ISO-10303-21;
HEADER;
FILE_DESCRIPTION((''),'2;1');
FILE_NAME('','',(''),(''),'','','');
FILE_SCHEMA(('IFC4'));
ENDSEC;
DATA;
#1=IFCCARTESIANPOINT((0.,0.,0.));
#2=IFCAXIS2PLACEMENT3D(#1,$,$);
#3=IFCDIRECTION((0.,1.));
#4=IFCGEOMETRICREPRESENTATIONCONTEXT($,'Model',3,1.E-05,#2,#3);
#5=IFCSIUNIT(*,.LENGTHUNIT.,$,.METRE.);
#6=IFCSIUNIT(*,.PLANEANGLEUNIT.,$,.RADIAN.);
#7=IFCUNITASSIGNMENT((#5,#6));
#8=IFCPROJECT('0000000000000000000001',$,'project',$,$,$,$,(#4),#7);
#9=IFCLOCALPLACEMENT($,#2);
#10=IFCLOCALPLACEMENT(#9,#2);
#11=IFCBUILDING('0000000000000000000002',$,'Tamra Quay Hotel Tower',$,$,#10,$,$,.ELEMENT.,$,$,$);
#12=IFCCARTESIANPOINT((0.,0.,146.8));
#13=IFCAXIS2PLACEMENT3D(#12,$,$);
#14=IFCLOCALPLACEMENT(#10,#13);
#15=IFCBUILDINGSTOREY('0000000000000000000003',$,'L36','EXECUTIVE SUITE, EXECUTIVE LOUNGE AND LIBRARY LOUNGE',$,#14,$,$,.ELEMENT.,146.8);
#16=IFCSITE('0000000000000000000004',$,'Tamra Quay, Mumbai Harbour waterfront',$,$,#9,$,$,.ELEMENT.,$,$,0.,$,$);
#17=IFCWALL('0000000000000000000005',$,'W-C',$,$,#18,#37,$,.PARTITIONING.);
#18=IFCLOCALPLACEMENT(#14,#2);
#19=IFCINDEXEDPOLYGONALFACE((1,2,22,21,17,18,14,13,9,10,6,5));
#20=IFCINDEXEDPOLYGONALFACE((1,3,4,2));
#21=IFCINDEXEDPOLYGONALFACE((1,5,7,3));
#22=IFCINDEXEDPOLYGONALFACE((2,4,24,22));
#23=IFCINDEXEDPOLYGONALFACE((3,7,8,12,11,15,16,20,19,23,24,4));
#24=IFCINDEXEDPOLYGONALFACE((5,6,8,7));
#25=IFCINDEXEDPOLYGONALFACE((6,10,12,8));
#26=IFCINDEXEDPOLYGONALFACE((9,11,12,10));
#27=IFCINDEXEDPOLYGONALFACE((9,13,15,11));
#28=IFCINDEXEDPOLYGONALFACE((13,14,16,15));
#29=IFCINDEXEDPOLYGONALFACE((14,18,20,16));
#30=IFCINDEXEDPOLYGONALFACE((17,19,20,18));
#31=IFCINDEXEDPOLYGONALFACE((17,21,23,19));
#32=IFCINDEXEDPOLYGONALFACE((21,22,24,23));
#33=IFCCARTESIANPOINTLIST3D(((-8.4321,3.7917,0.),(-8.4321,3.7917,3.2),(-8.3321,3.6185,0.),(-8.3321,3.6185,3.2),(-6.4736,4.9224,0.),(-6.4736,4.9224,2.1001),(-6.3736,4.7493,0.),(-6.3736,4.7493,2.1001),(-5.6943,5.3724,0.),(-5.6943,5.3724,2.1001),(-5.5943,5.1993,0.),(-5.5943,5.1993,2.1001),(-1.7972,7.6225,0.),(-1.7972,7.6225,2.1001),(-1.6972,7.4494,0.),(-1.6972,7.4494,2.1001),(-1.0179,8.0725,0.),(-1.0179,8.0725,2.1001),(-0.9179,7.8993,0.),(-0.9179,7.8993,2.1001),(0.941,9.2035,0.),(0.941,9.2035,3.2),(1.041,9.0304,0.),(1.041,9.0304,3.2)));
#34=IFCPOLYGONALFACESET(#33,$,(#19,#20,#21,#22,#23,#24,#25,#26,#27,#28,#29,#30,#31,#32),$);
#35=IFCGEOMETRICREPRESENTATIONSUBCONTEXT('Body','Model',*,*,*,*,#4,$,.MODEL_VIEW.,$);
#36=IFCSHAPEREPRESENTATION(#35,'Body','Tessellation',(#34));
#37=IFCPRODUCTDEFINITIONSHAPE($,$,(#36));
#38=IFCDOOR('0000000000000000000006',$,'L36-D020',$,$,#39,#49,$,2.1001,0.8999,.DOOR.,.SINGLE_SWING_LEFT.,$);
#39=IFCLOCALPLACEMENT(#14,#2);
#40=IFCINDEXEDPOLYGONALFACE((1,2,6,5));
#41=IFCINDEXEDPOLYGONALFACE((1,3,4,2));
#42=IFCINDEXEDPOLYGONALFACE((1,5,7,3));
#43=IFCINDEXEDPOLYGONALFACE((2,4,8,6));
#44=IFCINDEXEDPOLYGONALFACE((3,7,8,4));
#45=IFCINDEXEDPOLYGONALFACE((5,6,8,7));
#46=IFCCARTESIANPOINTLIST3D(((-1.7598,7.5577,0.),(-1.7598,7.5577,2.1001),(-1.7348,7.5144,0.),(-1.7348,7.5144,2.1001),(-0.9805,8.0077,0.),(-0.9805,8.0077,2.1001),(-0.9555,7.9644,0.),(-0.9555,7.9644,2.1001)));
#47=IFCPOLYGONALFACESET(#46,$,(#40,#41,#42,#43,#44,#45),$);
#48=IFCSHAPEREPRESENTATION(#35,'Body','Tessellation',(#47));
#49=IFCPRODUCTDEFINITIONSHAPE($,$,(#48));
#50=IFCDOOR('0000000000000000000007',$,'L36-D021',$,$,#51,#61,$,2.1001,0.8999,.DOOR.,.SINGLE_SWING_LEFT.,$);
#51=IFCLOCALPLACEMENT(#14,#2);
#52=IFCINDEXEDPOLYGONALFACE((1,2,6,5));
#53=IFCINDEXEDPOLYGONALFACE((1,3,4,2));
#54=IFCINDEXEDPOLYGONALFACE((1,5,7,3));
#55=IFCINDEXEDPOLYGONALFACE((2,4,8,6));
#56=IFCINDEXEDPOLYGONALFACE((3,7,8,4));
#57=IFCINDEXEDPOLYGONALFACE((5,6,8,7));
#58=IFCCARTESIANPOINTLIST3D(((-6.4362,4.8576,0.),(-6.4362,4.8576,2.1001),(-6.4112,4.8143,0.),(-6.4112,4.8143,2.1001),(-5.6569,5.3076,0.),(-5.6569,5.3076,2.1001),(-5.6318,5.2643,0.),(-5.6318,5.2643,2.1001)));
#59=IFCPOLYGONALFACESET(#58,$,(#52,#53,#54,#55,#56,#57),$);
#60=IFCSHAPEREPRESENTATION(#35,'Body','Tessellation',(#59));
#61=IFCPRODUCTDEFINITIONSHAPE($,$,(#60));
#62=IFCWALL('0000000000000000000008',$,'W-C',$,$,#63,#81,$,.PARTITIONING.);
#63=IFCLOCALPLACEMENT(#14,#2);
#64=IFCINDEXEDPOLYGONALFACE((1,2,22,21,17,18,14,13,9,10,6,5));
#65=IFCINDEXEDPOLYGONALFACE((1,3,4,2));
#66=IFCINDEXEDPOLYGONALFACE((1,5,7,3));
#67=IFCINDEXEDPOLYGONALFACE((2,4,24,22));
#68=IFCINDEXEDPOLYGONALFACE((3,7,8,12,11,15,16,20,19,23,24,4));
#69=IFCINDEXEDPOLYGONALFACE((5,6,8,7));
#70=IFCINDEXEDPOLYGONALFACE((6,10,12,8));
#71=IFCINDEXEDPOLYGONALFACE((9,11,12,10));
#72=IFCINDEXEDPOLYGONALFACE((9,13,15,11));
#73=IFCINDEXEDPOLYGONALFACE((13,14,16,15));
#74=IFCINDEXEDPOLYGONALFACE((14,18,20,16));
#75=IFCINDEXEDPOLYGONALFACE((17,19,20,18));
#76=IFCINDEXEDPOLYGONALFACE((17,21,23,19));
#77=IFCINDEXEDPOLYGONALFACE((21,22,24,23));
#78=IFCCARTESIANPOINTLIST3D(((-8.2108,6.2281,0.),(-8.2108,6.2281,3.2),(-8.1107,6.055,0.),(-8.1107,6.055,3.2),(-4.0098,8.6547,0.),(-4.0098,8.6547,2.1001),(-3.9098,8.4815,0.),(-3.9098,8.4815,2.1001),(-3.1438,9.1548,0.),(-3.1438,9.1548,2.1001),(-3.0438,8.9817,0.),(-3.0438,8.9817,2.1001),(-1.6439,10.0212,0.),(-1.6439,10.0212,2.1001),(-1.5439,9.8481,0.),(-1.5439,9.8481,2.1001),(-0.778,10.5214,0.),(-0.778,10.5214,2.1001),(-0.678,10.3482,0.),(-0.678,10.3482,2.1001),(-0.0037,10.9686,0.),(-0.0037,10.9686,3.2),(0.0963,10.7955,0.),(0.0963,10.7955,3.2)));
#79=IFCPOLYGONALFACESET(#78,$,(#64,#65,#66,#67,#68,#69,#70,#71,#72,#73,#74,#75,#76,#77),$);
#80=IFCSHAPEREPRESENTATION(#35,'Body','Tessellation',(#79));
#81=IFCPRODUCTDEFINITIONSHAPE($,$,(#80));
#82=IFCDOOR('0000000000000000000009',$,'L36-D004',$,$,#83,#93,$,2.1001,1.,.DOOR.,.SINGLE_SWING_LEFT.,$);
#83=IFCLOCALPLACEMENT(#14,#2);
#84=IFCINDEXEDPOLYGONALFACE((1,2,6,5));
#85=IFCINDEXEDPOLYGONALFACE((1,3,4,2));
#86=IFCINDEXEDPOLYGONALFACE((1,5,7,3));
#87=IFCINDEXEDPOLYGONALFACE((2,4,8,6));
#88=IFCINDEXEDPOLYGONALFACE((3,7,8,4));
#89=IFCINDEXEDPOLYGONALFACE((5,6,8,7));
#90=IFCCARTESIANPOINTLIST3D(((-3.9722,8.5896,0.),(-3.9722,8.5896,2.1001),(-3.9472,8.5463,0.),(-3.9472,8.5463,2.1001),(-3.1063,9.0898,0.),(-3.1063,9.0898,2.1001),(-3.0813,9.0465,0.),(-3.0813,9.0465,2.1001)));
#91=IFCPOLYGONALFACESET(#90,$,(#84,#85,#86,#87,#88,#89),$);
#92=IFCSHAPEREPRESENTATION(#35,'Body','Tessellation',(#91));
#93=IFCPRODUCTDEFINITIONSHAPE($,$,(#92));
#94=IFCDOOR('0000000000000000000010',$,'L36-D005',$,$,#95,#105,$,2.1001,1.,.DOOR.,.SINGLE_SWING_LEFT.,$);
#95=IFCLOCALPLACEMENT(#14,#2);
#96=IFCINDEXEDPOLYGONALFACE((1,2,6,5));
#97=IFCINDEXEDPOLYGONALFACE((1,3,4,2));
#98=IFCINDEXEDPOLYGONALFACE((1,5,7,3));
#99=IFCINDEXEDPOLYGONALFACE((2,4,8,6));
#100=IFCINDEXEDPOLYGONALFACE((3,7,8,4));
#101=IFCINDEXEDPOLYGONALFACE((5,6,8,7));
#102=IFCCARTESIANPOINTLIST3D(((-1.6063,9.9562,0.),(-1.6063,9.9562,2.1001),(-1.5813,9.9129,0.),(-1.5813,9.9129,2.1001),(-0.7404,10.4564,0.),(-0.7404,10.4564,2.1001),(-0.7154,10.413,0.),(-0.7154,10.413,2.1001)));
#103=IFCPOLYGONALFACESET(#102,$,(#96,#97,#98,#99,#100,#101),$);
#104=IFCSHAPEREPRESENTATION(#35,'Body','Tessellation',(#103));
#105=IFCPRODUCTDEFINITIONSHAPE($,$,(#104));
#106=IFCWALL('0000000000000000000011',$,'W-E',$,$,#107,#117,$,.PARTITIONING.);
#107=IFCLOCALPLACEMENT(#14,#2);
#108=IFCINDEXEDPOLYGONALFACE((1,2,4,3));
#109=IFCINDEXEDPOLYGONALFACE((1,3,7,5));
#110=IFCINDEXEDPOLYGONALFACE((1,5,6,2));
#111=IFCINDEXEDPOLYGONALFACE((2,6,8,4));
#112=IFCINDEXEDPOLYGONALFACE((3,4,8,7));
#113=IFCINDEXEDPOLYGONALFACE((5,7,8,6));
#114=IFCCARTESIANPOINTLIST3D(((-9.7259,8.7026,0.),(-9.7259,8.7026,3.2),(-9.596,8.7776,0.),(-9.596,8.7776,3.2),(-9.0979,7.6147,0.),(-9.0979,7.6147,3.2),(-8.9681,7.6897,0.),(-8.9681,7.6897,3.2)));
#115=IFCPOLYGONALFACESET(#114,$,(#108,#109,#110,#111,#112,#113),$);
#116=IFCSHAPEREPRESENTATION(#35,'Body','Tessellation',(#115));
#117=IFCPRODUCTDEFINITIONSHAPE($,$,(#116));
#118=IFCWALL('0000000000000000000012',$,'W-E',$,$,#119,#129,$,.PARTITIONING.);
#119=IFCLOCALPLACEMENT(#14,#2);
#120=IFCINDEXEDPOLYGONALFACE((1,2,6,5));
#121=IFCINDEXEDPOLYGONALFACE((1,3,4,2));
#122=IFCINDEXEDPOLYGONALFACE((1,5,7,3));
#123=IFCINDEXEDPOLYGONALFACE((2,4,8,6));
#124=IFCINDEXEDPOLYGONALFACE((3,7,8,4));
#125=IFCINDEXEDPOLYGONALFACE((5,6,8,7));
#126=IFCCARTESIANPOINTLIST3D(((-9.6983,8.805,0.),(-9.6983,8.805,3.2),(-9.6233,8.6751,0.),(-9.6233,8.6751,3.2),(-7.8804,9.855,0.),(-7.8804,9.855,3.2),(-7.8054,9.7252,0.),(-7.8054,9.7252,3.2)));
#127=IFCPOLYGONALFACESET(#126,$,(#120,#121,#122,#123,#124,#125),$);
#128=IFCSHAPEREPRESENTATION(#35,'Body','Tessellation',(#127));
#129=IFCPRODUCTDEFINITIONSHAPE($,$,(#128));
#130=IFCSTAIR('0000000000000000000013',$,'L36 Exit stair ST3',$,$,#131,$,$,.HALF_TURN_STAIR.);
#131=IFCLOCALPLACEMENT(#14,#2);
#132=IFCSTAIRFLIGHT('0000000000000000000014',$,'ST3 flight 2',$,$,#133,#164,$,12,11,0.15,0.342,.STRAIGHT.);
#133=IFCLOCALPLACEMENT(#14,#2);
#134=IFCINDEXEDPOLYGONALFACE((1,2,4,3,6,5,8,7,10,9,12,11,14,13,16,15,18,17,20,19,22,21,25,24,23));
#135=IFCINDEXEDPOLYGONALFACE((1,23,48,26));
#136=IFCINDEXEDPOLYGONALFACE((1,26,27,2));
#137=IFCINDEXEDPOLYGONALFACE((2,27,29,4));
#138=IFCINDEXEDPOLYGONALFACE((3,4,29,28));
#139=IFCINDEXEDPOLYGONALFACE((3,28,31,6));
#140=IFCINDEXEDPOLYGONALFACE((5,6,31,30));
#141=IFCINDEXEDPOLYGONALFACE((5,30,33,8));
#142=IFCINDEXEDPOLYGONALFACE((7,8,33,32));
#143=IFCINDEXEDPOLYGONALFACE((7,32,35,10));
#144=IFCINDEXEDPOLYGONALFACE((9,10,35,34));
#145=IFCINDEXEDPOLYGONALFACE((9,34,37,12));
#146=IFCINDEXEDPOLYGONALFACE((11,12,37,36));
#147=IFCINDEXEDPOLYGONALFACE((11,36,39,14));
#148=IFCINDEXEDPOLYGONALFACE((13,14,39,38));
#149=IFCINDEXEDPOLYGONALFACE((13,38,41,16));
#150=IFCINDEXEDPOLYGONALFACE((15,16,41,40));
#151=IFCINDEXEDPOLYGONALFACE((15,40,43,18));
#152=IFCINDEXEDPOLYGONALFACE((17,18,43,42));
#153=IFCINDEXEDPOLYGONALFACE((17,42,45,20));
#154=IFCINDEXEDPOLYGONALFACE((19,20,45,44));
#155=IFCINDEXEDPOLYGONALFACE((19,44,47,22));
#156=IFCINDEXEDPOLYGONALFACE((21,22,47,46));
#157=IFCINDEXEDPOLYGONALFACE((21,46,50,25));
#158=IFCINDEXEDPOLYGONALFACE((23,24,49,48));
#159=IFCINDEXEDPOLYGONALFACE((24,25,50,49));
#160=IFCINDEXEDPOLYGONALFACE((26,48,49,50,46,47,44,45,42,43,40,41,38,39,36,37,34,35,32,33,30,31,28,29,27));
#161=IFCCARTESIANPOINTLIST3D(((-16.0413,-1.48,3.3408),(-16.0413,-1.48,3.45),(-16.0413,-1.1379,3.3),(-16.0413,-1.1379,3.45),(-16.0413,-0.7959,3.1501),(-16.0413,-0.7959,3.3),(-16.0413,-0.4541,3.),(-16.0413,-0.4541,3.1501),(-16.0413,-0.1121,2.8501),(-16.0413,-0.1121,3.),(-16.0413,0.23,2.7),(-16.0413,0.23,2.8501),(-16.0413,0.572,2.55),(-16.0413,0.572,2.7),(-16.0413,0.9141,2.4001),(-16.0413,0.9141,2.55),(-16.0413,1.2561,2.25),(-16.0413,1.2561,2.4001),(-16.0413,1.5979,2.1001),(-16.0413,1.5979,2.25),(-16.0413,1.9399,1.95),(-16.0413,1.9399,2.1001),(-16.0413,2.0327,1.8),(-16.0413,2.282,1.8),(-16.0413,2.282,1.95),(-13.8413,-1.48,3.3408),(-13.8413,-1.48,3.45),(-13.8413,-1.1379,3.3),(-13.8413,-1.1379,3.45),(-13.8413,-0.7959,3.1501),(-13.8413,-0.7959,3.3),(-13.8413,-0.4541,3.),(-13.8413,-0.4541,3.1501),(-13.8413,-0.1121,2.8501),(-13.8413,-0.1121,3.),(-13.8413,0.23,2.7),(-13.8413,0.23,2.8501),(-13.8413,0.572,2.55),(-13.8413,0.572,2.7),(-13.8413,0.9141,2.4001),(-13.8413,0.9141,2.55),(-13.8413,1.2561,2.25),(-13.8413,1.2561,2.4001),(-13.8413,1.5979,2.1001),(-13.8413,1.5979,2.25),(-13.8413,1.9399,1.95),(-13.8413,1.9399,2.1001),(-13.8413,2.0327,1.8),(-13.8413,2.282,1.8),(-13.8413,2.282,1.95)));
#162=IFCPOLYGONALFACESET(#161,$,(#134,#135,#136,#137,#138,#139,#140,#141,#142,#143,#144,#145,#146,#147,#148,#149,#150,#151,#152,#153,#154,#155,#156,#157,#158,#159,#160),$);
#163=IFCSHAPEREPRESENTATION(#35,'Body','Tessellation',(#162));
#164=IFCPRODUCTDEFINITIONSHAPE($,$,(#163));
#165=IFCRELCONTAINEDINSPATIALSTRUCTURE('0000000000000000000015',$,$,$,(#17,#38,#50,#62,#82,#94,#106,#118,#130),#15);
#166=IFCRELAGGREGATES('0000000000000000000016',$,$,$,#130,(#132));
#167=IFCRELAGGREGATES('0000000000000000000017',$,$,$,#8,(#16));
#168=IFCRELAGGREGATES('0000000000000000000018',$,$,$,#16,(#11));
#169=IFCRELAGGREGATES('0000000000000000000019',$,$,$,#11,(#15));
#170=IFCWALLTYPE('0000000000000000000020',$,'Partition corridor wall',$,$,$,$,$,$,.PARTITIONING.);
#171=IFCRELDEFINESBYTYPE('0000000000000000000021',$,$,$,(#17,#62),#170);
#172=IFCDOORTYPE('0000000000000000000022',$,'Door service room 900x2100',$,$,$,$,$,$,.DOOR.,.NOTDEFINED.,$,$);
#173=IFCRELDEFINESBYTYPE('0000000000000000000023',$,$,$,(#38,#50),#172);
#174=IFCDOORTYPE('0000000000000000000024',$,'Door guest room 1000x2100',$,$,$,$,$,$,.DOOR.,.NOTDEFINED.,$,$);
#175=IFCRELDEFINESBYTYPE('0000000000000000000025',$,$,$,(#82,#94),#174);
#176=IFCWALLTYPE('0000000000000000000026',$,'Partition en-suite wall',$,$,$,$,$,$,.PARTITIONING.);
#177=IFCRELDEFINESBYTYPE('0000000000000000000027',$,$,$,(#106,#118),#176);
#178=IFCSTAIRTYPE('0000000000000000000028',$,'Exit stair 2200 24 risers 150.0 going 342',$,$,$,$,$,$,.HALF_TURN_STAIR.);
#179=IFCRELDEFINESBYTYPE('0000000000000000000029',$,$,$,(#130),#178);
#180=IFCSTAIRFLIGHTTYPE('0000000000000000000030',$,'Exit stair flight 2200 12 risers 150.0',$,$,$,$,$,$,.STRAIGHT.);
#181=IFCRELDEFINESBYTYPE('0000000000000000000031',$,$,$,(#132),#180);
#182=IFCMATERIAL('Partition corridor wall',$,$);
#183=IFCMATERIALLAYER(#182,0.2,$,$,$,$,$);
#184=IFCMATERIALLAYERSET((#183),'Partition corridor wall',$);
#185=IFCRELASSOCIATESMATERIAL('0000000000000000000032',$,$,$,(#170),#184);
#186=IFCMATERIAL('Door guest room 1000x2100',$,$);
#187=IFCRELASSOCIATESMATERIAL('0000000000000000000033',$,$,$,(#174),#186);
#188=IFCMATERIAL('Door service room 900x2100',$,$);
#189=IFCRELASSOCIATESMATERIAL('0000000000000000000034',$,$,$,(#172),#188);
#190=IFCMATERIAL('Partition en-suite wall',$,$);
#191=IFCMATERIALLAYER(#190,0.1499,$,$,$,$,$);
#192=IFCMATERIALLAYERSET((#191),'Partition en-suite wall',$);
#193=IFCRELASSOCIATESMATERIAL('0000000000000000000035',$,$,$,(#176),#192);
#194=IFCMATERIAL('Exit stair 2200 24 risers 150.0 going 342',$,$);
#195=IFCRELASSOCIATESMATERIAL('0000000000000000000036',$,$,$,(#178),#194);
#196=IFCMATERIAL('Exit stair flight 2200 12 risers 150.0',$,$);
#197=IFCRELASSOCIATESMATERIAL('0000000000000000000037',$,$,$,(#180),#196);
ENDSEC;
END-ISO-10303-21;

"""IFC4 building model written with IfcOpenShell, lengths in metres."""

from ifc_helpers import new_model, si_unit, direction, frame, frame_2d, origin, place, context, subcontext, project, spatial, polyline, rectangle, outline, extrude, material, layer, layer_set, type_object, element, fill, aggregate, save


model = new_model("IFC4")

# Units and contexts
model_context = context("Model", 3, precision=1e-05, world=origin(), true_north=direction((0.0, 1.0)))
body_context = subcontext(model_context, "Body", "Model", "MODEL_VIEW")
ifc_project = project(units=[si_unit("LENGTHUNIT", "METRE"), si_unit("PLANEANGLEUNIT", "RADIAN")], contexts=[model_context])

# Site, building, storey
site_placement = place(None, origin())
site = spatial("IfcSite", under=ifc_project, at=site_placement, Name="Tamra Quay, Mumbai Harbour waterfront", CompositionType="ELEMENT", RefElevation=0.0)
building_placement = place(site_placement, origin())
building = spatial("IfcBuilding", under=site, at=building_placement, Name="Tamra Quay Hotel Tower", CompositionType="ELEMENT")
storey_placement = place(building_placement, frame((0.0, 0.0, 146.8)))
storey = spatial("IfcBuildingStorey", under=building, at=storey_placement, Name="L36", Description="EXECUTIVE SUITE, EXECUTIVE LOUNGE AND LIBRARY LOUNGE", CompositionType="ELEMENT", Elevation=146.8)

# Shared definitions
ifc_material_1 = material(Name="Partition corridor wall")
ifc_layer_1 = layer(ifc_material_1, 0.2)
ifc_layer_set_1 = layer_set([ifc_layer_1], Name="Partition corridor wall")
wall_type_1 = type_object("IfcWallType", Name="Partition corridor wall", PredefinedType="PARTITIONING", material=ifc_layer_set_1)
ifc_material_2 = material(Name="Door guest room 1000x2100")
door_type_1 = type_object("IfcDoorType", Name="Door guest room 1000x2100", OperationType="NOTDEFINED", PredefinedType="DOOR", material=ifc_material_2)

# Walls, openings, doors
wall_1_placement = place(storey_placement, frame((-8.3821, 3.7051, 0.0), z_axis=(0.0, 0.0, 1.0), x_axis=(0.866012, 0.500023, 0.0)))
wall_1 = element("IfcWall", 1, at=wall_1_placement, inside=storey, type_object=wall_type_1, Name="W-C", PredefinedType="PARTITIONING", context=body_context, shape_type="SweptSolid", body=[
    extrude(rectangle(XDim=10.8232, YDim=0.2, at=frame_2d((5.4116, 0.0))), origin(), (0.0, 0.0, 1.0), 3.2),
])
opening_1_placement = place(wall_1_placement, frame((7.6614, 0.0, 0.0)))
opening_1 = element("IfcOpeningElement", 2, at=opening_1_placement, cuts=wall_1, PredefinedType="OPENING", context=body_context, shape_type="SweptSolid", body=[
    extrude(rectangle(XDim=0.8999, YDim=2.1001, at=frame_2d((0.45, 1.05))), frame((0.0, 0.1099, 0.0), z_axis=(0.0, -1.0, 0.0), x_axis=(1.0, 0.0, 0.0)), (0.0, 0.0, 1.0), 0.22),
])
opening_2_placement = place(wall_1_placement, frame((2.2615, 0.0, 0.0)))
opening_2 = element("IfcOpeningElement", 3, at=opening_2_placement, cuts=wall_1, PredefinedType="OPENING", context=body_context, shape_type="SweptSolid", body=[
    extrude(rectangle(XDim=0.8999, YDim=2.1001, at=frame_2d((0.45, 1.05))), frame((0.0, 0.1099, 0.0), z_axis=(0.0, -1.0, 0.0), x_axis=(1.0, 0.0, 0.0)), (0.0, 0.0, 1.0), 0.22),
])
ifc_material_3 = material(Name="Door service room 900x2100")
door_type_2 = type_object("IfcDoorType", Name="Door service room 900x2100", OperationType="NOTDEFINED", PredefinedType="DOOR", material=ifc_material_3)
door_1_placement = place(opening_1_placement, frame((0.8999, 0.0, 0.0), z_axis=(0.0, 0.0, 1.0), x_axis=(-1.0, 0.0, 0.0)))
door_1 = element("IfcDoor", 4, at=door_1_placement, inside=storey, type_object=door_type_2, Name="L36-D020", OperationType="SINGLE_SWING_LEFT", OverallHeight=2.1001, OverallWidth=0.8999, PredefinedType="DOOR", context=body_context, shape_type="SweptSolid", body=[
    extrude(rectangle(XDim=0.8999, YDim=2.1001, at=frame_2d((0.45, 1.05))), frame((0.0, 0.0249, 0.0), z_axis=(0.0, -1.0, 0.0), x_axis=(1.0, 0.0, 0.0)), (0.0, 0.0, 1.0), 0.05),
])
fill(opening_1, door_1)
door_2_placement = place(opening_2_placement, frame((0.8999, 0.0, 0.0), z_axis=(0.0, 0.0, 1.0), x_axis=(-1.0, 0.0, 0.0)))
door_2 = element("IfcDoor", 5, at=door_2_placement, inside=storey, type_object=door_type_2, Name="L36-D021", OperationType="SINGLE_SWING_LEFT", OverallHeight=2.1001, OverallWidth=0.8999, PredefinedType="DOOR", context=body_context, shape_type="SweptSolid", body=[
    extrude(rectangle(XDim=0.8999, YDim=2.1001, at=frame_2d((0.45, 1.05))), frame((0.0, 0.0249, 0.0), z_axis=(0.0, -1.0, 0.0), x_axis=(1.0, 0.0, 0.0)), (0.0, 0.0, 1.0), 0.05),
])
fill(opening_2, door_2)
wall_2_placement = place(storey_placement, frame((-8.1606, 6.1416, 0.0), z_axis=(0.0, 0.0, 1.0), x_axis=(0.865927, 0.50017, 0.0)))
wall_2 = element("IfcWall", 6, at=wall_2_placement, inside=storey, type_object=wall_type_1, Name="W-C", PredefinedType="PARTITIONING", context=body_context, shape_type="SweptSolid", body=[
    extrude(rectangle(XDim=9.4778, YDim=0.2, at=frame_2d((4.7388, 0.0))), origin(), (0.0, 0.0, 1.0), 3.2),
])
opening_3_placement = place(wall_2_placement, frame((4.8513, 0.0, 0.0)))
opening_3 = element("IfcOpeningElement", 7, at=opening_3_placement, cuts=wall_2, PredefinedType="OPENING", context=body_context, shape_type="SweptSolid", body=[
    extrude(rectangle(XDim=1.0, YDim=2.1001, at=frame_2d((0.5, 1.05))), frame((0.0, 0.1099, 0.0), z_axis=(0.0, -1.0, 0.0), x_axis=(1.0, 0.0, 0.0)), (0.0, 0.0, 1.0), 0.22),
])
opening_4_placement = place(wall_2_placement, frame((7.5835, 0.0, 0.0)))
opening_4 = element("IfcOpeningElement", 8, at=opening_4_placement, cuts=wall_2, PredefinedType="OPENING", context=body_context, shape_type="SweptSolid", body=[
    extrude(rectangle(XDim=1.0, YDim=2.1001, at=frame_2d((0.5, 1.05))), frame((0.0, 0.1099, 0.0), z_axis=(0.0, -1.0, 0.0), x_axis=(1.0, 0.0, 0.0)), (0.0, 0.0, 1.0), 0.22),
])
door_3_placement = place(opening_3_placement, origin())
door_3 = element("IfcDoor", 9, at=door_3_placement, inside=storey, type_object=door_type_1, Name="L36-D004", OperationType="SINGLE_SWING_LEFT", OverallHeight=2.1001, OverallWidth=1.0, PredefinedType="DOOR", context=body_context, shape_type="SweptSolid", body=[
    extrude(rectangle(XDim=1.0, YDim=2.1001, at=frame_2d((0.5, 1.05))), frame((0.0, 0.0249, 0.0), z_axis=(0.0, -1.0, 0.0), x_axis=(1.0, 0.0, 0.0)), (0.0, 0.0, 1.0), 0.05),
])
fill(opening_3, door_3)
door_4_placement = place(opening_4_placement, origin())
door_4 = element("IfcDoor", 10, at=door_4_placement, inside=storey, type_object=door_type_1, Name="L36-D005", OperationType="SINGLE_SWING_LEFT", OverallHeight=2.1001, OverallWidth=1.0, PredefinedType="DOOR", context=body_context, shape_type="SweptSolid", body=[
    extrude(rectangle(XDim=1.0, YDim=2.1001, at=frame_2d((0.5, 1.05))), frame((0.0, 0.0249, 0.0), z_axis=(0.0, -1.0, 0.0), x_axis=(1.0, 0.0, 0.0)), (0.0, 0.0, 1.0), 0.05),
])
fill(opening_4, door_4)

# Walls
ifc_material_4 = material(Name="Partition en-suite wall")
ifc_layer_2 = layer(ifc_material_4, 0.1499)
ifc_layer_set_2 = layer_set([ifc_layer_2], Name="Partition en-suite wall")
wall_type_2 = type_object("IfcWallType", Name="Partition en-suite wall", PredefinedType="PARTITIONING", material=ifc_layer_set_2)
wall_3_placement = place(storey_placement, frame((-9.6609, 8.74, 0.0), z_axis=(0.0, 0.0, 1.0), x_axis=(0.499902, -0.866082, 0.0)))
element("IfcWall", 11, at=wall_3_placement, inside=storey, type_object=wall_type_2, Name="W-E", PredefinedType="PARTITIONING", context=body_context, shape_type="SweptSolid", body=[
    extrude(rectangle(XDim=1.2561, YDim=0.1499, at=frame_2d((0.6279, 0.0))), origin(), (0.0, 0.0, 1.0), 3.2),
])
wall_4_placement = place(storey_placement, frame((-9.6609, 8.74, 0.0), z_axis=(0.0, 0.0, 1.0), x_axis=(0.865922, 0.500179, 0.0)))
element("IfcWall", 12, at=wall_4_placement, inside=storey, type_object=wall_type_2, Name="W-E", PredefinedType="PARTITIONING", context=body_context, shape_type="SweptSolid", body=[
    extrude(rectangle(XDim=2.0994, YDim=0.1499, at=frame_2d((1.0498, 0.0))), origin(), (0.0, 0.0, 1.0), 3.2),
])

# Stair, stair flight
ifc_material_5 = material(Name="Exit stair 2200 24 risers 150.0 going 342")
stair_type = type_object("IfcStairType", Name="Exit stair 2200 24 risers 150.0 going 342", PredefinedType="HALF_TURN_STAIR", material=ifc_material_5)
stair_placement = place(storey_placement, origin())
stair = element("IfcStair", 13, at=stair_placement, inside=storey, type_object=stair_type, Name="L36 Exit stair ST3", PredefinedType="HALF_TURN_STAIR")
ifc_material_6 = material(Name="Exit stair flight 2200 12 risers 150.0")
stair_flight_type = type_object("IfcStairFlightType", Name="Exit stair flight 2200 12 risers 150.0", PredefinedType="STRAIGHT", material=ifc_material_6)
stair_flight_placement = place(storey_placement, frame((-14.9414, 2.282, 1.8), z_axis=(0.0, 0.0, 1.0), x_axis=(0.0, -1.0, 0.0)))
stair_flight = element("IfcStairFlight", 14, at=stair_flight_placement, type_object=stair_flight_type, Name="ST3 flight 2", NumberOfRisers=12, NumberOfTreads=11, PredefinedType="STRAIGHT", RiserHeight=0.15, TreadLength=0.342, context=body_context, shape_type="SweptSolid", body=[
    extrude(outline(polyline([(0.0, 0.0), (0.0, 0.1499), (0.342, 0.1499), (0.342, 0.3), (0.6841, 0.3), (0.6841, 0.45), (1.0259, 0.45), (1.0259, 0.6001), (1.3679, 0.6001), (1.3679, 0.75), (1.71, 0.75), (1.71, 0.8999), (2.052, 0.8999), (2.052, 1.05), (2.394, 1.05), (2.394, 1.2), (2.7361, 1.2), (2.7361, 1.3501), (3.0779, 1.3501), (3.0779, 1.5), (3.4199, 1.5), (3.4199, 1.6499), (3.762, 1.6499), (3.762, 1.8), (3.762, 1.5408), (0.2493, 0.0), (0.0, 0.0)])), frame((0.0, 1.1001, 0.0), z_axis=(0.0, -1.0, 0.0), x_axis=(1.0, 0.0, 0.0)), (0.0, 0.0, 1.0), 2.2),
])
aggregate(stair, [stair_flight])

save(model, "model.ifc")
